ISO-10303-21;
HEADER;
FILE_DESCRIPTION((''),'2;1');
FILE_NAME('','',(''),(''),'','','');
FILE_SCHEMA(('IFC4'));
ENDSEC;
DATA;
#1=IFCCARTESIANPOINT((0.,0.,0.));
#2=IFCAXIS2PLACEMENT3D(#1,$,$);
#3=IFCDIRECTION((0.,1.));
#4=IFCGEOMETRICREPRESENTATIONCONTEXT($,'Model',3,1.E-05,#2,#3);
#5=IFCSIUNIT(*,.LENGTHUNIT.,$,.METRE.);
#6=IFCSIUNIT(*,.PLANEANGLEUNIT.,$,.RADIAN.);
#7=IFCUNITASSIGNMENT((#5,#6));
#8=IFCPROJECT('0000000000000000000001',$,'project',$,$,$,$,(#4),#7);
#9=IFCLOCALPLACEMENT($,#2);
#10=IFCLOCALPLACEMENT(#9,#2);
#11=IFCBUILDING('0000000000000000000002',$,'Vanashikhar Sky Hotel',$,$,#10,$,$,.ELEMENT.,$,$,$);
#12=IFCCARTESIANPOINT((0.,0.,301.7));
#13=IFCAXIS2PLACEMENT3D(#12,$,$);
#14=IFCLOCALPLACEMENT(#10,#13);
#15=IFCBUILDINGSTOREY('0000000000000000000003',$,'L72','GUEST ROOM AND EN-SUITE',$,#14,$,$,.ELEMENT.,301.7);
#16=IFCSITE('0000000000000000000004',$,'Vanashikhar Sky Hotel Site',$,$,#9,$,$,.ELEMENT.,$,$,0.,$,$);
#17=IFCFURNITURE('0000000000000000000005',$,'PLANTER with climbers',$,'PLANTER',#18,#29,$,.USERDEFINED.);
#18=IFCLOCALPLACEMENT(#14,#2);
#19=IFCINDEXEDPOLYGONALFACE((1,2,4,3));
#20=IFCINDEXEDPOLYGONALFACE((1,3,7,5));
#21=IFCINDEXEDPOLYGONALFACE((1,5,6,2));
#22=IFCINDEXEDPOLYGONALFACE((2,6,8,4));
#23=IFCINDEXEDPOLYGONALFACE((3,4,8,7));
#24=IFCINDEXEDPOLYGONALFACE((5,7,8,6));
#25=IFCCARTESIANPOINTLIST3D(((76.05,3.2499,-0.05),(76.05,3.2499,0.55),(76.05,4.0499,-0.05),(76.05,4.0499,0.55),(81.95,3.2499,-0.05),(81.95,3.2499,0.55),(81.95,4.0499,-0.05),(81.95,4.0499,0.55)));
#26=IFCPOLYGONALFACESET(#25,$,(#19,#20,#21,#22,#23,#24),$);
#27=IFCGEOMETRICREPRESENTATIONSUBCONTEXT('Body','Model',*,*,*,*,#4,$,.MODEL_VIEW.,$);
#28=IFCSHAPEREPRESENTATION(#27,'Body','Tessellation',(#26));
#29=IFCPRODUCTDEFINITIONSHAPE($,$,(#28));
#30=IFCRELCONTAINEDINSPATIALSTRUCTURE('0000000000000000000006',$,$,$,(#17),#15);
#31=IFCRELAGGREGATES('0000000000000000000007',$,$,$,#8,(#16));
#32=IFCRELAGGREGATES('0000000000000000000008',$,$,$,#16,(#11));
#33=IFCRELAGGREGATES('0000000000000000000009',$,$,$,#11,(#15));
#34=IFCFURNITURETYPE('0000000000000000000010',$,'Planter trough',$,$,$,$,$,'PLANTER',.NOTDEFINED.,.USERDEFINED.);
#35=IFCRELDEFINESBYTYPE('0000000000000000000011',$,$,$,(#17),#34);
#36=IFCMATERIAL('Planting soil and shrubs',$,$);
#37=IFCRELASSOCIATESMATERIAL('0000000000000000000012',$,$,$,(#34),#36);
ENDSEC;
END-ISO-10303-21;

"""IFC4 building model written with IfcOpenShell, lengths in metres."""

from ifc_helpers import new_model, si_unit, direction, frame, origin, origin_2d, place, context, subcontext, project, spatial, rectangle, extrude, source, transform, mapped, material, type_object, element, save


model = new_model("IFC4")

# Units and contexts
model_context = context("Model", 3, precision=1e-05, world=origin(), true_north=direction((0.0, 1.0)))
body_context = subcontext(model_context, "Body", "Model", "MODEL_VIEW")
ifc_project = project(units=[si_unit("LENGTHUNIT", "METRE"), si_unit("PLANEANGLEUNIT", "RADIAN")], contexts=[model_context])

# Site, building, storey
site_placement = place(None, origin())
site = spatial("IfcSite", under=ifc_project, at=site_placement, Name="Vanashikhar Sky Hotel Site", CompositionType="ELEMENT", RefElevation=0.0)
building_placement = place(site_placement, origin())
building = spatial("IfcBuilding", under=site, at=building_placement, Name="Vanashikhar Sky Hotel", CompositionType="ELEMENT")
storey_placement = place(building_placement, frame((0.0, 0.0, 301.7)))
storey = spatial("IfcBuildingStorey", under=building, at=storey_placement, Name="L72", Description="GUEST ROOM AND EN-SUITE", CompositionType="ELEMENT", Elevation=301.7)

# Furniture
ifc_material_1 = material(Name="Planting soil and shrubs")
furniture_type = type_object("IfcFurnitureType", Name="Planter trough", ElementType="PLANTER", AssemblyPlace="NOTDEFINED", PredefinedType="USERDEFINED", material=ifc_material_1)
shared_shape_1 = source(origin(), body_context, "Body", "SweptSolid", [
    extrude(rectangle(XDim=5.8999, YDim=0.8, at=origin_2d()), origin(), (0.0, 0.0, 1.0), 0.6001),
])
furniture_placement = place(storey_placement, frame((79.0, 3.6499, -0.05), z_axis=(0.0, 0.0, 1.0), x_axis=(1.0, 0.0, 0.0)))
element("IfcFurniture", 1, at=furniture_placement, inside=storey, type_object=furniture_type, Name="PLANTER with climbers", ObjectType="PLANTER", PredefinedType="USERDEFINED", context=body_context, shape_type="MappedRepresentation", body=[
    mapped(shared_shape_1, transform((0.0, 0.0, 0.0), scale=1.0)),
])

save(model, "model.ifc")
